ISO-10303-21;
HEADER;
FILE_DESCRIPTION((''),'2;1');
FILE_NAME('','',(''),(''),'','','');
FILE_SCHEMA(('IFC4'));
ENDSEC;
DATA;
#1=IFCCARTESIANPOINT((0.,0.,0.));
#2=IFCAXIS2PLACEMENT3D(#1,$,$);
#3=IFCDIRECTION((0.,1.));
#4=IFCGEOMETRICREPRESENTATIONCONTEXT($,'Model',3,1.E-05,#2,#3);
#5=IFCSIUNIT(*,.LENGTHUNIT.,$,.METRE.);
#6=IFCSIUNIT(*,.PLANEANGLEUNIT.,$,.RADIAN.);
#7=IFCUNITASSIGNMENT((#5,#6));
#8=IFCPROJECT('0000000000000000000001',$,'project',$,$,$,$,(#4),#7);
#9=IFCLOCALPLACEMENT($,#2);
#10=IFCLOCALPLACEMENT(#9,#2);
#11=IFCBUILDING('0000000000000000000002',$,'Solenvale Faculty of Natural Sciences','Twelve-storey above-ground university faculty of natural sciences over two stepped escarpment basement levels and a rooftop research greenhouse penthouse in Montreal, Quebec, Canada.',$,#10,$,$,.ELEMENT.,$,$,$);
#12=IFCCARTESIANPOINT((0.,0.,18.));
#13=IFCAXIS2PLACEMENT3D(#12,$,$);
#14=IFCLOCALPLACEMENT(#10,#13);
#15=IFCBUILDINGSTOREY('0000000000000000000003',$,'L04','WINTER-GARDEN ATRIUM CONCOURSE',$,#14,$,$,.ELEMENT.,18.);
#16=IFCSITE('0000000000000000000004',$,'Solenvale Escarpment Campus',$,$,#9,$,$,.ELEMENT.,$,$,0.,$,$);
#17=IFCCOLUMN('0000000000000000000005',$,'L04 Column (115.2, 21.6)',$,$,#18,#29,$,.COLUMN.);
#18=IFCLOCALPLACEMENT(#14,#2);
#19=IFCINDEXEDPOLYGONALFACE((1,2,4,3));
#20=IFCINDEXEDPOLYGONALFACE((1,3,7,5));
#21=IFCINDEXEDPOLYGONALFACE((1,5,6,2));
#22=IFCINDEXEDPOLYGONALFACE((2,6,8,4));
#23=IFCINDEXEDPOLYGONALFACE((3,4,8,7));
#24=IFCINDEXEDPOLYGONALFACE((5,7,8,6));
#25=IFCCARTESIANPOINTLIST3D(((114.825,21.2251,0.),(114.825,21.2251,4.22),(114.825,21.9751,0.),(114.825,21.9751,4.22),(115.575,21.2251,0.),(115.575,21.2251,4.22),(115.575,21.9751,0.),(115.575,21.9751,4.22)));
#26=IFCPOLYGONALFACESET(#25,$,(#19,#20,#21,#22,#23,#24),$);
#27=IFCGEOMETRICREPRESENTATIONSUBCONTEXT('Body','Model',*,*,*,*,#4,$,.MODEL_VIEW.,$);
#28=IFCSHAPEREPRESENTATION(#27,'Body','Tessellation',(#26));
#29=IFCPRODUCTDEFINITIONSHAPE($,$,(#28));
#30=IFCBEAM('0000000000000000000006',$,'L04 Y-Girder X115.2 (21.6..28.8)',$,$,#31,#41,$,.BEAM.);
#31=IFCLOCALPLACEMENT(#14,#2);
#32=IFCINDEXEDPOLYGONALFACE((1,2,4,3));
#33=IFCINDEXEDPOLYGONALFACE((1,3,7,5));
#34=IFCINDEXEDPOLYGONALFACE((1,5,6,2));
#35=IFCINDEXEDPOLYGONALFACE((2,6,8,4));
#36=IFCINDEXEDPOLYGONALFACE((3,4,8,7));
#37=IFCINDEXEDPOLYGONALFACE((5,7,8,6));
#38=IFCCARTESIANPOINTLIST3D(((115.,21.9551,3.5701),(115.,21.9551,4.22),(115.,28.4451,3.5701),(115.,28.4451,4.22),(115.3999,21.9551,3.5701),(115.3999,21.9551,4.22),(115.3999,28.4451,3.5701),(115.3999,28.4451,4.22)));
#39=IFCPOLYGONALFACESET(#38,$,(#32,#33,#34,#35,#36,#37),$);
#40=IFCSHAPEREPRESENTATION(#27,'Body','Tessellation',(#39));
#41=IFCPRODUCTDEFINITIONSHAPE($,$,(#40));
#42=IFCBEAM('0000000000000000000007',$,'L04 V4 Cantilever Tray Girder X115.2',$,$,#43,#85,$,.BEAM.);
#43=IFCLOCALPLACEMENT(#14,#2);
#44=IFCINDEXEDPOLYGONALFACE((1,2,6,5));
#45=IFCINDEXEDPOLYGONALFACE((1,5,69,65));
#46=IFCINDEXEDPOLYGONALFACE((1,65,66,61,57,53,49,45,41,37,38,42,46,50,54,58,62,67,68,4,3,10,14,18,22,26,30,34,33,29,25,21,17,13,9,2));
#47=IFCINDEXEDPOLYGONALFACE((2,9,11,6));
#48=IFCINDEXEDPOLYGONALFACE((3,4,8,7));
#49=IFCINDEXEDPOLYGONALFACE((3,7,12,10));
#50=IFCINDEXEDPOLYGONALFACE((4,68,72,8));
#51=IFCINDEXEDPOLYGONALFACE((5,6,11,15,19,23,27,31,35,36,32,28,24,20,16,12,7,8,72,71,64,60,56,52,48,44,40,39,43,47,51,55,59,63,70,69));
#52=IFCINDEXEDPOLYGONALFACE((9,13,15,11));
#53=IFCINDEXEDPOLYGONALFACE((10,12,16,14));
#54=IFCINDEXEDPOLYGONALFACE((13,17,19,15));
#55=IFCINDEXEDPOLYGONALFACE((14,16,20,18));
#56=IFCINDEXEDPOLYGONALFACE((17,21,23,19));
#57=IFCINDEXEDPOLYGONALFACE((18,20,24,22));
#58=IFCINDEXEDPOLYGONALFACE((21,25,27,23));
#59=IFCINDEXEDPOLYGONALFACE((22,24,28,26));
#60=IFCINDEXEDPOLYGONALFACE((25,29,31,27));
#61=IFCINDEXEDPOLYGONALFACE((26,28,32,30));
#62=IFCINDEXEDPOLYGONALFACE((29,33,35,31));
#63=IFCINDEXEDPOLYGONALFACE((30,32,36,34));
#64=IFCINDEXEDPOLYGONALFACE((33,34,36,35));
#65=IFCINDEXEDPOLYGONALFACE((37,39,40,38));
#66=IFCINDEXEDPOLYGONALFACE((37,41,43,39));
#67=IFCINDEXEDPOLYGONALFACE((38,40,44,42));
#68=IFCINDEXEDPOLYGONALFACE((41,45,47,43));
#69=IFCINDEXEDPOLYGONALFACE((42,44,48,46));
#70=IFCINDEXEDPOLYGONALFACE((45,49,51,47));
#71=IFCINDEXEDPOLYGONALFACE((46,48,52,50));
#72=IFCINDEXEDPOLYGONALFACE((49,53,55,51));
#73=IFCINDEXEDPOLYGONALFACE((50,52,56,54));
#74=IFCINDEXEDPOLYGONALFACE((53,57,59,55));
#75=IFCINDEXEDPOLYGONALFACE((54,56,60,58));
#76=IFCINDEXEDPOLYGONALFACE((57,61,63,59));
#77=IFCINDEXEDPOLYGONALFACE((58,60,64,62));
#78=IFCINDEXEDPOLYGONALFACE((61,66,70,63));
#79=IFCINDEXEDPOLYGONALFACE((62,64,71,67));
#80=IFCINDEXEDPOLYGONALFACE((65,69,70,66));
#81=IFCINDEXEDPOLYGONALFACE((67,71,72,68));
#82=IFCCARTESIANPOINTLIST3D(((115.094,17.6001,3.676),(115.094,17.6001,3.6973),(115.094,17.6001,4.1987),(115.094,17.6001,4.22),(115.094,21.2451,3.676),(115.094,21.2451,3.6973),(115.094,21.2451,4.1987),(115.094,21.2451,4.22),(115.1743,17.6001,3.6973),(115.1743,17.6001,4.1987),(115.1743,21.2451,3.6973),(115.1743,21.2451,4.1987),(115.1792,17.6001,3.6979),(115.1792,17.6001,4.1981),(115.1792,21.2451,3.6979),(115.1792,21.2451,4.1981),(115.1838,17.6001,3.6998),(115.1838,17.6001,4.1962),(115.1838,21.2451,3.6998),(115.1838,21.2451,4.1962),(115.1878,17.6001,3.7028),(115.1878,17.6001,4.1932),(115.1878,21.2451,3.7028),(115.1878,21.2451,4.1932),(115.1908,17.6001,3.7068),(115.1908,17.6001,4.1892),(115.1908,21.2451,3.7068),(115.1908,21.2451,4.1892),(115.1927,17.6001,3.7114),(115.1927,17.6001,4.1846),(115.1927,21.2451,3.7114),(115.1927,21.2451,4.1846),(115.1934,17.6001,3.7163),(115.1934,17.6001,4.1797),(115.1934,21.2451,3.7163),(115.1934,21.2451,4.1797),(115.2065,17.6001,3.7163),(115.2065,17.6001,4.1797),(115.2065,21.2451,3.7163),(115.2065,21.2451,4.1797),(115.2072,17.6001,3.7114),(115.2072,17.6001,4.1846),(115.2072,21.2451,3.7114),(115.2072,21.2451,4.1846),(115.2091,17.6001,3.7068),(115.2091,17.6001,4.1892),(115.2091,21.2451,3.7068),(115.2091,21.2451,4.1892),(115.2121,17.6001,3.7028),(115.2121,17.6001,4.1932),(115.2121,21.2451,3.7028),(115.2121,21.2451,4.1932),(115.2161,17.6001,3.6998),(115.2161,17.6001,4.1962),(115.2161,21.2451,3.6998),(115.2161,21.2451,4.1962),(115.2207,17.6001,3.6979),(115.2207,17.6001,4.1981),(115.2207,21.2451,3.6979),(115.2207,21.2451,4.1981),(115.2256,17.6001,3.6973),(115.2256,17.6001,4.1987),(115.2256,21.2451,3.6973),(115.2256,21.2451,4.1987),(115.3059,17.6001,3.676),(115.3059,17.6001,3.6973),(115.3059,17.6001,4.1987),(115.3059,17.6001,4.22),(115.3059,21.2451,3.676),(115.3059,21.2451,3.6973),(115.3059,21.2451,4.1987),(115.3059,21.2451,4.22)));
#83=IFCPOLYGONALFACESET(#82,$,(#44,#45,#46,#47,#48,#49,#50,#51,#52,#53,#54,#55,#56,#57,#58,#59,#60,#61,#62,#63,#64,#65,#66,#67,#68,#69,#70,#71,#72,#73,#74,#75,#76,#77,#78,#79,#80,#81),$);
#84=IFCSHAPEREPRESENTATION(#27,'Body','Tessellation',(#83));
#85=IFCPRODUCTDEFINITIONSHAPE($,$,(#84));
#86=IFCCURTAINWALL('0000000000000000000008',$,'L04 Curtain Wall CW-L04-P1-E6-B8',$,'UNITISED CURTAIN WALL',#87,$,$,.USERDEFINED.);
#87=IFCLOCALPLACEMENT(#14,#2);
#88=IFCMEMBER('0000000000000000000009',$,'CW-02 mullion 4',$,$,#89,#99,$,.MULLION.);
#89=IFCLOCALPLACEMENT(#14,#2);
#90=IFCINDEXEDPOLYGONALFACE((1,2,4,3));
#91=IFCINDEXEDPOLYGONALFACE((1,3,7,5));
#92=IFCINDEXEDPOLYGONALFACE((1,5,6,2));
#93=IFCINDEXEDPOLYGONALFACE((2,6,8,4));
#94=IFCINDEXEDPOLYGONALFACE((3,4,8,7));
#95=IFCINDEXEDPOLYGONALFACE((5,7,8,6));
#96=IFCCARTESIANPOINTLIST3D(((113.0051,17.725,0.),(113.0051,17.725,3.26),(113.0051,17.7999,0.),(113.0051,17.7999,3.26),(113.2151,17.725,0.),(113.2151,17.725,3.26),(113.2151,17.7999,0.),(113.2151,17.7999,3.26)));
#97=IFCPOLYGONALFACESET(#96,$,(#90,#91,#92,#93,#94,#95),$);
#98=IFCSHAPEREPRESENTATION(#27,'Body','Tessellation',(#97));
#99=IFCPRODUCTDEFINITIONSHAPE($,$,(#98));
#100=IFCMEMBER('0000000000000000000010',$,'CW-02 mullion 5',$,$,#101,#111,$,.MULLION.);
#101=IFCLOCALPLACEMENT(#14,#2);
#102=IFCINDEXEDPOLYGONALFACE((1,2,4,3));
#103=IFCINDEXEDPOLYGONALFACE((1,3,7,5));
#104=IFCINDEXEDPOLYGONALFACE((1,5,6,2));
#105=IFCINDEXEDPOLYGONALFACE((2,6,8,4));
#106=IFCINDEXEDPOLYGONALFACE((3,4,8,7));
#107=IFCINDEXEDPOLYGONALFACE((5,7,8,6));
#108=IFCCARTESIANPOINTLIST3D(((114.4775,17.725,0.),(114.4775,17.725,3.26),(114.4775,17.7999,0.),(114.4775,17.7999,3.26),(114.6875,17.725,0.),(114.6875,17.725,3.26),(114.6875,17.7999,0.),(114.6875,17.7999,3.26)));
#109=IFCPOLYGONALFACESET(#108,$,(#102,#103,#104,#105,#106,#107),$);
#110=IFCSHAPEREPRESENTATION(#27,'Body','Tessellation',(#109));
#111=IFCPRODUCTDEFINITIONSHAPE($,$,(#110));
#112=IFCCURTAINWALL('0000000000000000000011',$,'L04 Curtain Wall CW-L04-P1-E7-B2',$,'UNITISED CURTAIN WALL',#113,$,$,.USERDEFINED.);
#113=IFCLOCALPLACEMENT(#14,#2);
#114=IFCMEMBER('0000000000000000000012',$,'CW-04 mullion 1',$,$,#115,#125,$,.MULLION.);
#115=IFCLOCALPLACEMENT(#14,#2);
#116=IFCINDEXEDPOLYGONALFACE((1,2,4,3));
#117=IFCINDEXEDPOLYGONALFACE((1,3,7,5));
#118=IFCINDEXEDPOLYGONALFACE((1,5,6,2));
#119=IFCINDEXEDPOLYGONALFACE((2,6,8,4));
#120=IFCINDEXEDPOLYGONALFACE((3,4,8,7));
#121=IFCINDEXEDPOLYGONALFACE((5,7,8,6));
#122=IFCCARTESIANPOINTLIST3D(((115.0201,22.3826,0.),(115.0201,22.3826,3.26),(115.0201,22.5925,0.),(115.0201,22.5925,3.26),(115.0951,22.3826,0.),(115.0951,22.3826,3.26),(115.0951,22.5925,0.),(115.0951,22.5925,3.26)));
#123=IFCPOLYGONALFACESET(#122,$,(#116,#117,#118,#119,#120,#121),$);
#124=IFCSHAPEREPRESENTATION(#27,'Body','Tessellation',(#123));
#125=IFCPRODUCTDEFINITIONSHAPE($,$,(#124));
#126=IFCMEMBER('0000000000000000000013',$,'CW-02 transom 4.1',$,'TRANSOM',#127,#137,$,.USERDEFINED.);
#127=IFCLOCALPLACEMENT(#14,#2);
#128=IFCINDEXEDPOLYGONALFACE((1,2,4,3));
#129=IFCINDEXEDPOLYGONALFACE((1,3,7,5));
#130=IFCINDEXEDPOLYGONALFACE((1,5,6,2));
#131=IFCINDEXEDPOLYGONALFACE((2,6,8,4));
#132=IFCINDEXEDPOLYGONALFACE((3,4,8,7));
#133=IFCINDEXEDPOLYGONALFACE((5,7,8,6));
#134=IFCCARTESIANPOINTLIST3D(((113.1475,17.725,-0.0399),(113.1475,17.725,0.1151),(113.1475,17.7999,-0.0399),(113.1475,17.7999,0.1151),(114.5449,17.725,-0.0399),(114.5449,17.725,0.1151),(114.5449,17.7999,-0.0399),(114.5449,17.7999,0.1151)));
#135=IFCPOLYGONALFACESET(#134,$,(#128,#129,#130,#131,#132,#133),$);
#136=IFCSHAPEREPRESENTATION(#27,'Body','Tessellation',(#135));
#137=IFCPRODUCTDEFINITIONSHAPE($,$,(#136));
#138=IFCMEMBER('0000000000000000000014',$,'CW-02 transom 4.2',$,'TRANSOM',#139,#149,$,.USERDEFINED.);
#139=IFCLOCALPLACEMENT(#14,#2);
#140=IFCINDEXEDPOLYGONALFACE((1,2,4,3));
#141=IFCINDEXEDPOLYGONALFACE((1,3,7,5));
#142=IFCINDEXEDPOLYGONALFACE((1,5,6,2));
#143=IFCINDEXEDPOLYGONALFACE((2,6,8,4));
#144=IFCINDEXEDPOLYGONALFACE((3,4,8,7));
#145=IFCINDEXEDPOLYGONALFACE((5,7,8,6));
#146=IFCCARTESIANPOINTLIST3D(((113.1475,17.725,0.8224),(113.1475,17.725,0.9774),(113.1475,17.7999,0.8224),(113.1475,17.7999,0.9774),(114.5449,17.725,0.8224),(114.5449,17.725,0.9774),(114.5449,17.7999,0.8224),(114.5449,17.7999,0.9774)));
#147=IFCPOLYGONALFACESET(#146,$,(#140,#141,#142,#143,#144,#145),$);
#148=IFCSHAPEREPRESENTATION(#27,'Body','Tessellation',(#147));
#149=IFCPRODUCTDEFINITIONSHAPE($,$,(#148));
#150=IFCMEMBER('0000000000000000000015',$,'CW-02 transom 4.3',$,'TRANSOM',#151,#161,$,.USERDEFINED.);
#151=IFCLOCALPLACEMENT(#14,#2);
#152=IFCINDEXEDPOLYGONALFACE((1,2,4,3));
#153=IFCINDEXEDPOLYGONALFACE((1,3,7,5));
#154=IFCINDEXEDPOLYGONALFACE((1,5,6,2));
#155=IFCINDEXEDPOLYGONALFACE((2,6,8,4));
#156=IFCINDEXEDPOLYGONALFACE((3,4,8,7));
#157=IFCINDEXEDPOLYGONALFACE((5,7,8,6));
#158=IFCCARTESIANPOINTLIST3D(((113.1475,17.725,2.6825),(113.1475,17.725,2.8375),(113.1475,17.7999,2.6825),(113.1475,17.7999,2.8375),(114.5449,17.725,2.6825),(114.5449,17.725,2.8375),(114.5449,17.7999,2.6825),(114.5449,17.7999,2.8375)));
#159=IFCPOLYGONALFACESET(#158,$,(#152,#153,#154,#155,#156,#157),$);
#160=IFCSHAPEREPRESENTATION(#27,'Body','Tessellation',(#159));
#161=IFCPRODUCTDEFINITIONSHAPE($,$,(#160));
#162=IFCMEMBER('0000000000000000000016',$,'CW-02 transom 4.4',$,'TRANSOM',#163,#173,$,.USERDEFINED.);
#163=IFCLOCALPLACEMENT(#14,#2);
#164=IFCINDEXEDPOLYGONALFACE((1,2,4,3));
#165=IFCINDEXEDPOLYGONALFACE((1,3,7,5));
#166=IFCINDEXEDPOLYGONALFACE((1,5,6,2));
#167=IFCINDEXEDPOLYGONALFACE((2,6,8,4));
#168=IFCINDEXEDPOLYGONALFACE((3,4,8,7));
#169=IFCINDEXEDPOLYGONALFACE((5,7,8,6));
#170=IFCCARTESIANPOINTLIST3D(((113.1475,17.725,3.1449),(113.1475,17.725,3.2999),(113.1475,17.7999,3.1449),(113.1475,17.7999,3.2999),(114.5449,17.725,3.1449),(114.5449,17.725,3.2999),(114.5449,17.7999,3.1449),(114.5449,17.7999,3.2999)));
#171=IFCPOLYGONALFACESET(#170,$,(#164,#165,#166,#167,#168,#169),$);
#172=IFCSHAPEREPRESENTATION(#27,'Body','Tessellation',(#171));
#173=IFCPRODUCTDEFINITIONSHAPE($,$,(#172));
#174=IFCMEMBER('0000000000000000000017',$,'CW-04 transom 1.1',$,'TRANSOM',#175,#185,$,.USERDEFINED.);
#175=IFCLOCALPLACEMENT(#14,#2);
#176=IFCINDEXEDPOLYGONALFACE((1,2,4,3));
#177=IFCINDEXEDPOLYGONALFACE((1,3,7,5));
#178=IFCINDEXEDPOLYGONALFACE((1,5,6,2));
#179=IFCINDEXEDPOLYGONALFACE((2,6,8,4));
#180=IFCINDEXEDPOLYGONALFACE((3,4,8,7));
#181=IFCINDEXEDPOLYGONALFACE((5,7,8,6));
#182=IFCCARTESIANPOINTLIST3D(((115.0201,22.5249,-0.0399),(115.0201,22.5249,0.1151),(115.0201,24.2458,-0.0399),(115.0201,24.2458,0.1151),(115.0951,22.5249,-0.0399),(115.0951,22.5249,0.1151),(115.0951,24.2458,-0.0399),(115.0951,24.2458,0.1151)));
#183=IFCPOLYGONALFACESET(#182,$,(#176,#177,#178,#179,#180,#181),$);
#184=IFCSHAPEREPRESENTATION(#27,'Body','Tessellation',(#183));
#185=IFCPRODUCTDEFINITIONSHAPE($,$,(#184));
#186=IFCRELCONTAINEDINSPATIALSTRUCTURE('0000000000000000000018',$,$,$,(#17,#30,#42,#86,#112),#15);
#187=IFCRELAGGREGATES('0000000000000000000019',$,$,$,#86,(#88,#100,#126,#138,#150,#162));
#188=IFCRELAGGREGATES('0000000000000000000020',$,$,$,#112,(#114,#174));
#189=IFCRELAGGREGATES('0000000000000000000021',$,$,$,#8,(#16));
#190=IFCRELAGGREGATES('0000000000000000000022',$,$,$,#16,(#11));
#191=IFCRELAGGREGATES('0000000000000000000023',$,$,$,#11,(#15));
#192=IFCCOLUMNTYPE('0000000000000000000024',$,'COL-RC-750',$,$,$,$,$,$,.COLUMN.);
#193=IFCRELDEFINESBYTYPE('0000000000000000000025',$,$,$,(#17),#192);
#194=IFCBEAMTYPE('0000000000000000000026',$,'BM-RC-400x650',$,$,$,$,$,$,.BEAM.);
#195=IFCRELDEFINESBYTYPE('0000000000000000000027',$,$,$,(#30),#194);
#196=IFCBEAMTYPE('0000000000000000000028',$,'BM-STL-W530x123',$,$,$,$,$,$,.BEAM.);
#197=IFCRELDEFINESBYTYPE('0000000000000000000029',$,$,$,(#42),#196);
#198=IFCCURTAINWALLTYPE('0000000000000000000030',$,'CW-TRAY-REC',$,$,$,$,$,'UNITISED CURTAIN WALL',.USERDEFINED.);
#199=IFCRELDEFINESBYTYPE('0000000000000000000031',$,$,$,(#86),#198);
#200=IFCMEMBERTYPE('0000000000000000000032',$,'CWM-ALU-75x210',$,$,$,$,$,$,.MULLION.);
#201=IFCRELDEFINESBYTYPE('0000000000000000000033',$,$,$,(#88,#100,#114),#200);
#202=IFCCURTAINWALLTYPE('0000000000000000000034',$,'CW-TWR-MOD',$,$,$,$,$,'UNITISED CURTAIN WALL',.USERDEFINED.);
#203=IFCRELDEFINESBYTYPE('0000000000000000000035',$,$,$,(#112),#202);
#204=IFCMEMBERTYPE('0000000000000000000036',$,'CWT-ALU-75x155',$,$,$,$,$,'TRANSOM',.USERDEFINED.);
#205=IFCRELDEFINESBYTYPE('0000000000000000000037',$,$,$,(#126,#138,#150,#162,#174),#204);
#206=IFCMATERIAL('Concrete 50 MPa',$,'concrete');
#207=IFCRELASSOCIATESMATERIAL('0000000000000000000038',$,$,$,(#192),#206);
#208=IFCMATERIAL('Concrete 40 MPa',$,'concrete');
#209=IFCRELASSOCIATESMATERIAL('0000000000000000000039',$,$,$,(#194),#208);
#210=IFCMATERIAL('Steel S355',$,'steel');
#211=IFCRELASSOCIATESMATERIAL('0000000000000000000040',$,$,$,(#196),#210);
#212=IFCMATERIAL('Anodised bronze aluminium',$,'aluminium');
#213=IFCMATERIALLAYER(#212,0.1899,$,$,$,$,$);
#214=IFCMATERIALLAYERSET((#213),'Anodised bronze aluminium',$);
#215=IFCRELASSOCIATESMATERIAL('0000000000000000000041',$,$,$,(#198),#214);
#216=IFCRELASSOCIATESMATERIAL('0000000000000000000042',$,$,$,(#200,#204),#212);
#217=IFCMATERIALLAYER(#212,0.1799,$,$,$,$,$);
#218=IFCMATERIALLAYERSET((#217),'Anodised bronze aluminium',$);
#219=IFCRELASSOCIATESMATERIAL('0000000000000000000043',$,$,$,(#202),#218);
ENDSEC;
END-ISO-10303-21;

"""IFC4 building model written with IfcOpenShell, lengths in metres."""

from ifc_helpers import new_model, si_unit, direction, frame, origin, origin_2d, place, context, subcontext, project, spatial, rectangle, i_section, extrude, material, layer, layer_set, material_profile, profile_set, type_object, element, aggregate, save


model = new_model("IFC4")

# Units and contexts
model_context = context("Model", 3, precision=1e-05, world=origin(), true_north=direction((0.0, 1.0)))
body_context = subcontext(model_context, "Body", "Model", "MODEL_VIEW")
ifc_project = project(units=[si_unit("LENGTHUNIT", "METRE"), si_unit("PLANEANGLEUNIT", "RADIAN")], contexts=[model_context])

# Site, building, storey
site_placement = place(None, origin())
site = spatial("IfcSite", under=ifc_project, at=site_placement, Name="Solenvale Escarpment Campus", CompositionType="ELEMENT", RefElevation=0.0)
building_placement = place(site_placement, origin())
building = spatial("IfcBuilding", under=site, at=building_placement, Name="Solenvale Faculty of Natural Sciences", Description="Twelve-storey above-ground university faculty of natural sciences over two stepped escarpment basement levels and a rooftop research greenhouse penthouse in Montreal, Quebec, Canada.", CompositionType="ELEMENT")
storey_placement = place(building_placement, frame((0.0, 0.0, 18.0)))
storey = spatial("IfcBuildingStorey", under=building, at=storey_placement, Name="L04", Description="WINTER-GARDEN ATRIUM CONCOURSE", CompositionType="ELEMENT", Elevation=18.0)

# Column
ifc_material_1 = material(Name="Concrete 50 MPa", Category="concrete")
ifc_material_profile_1 = material_profile(ifc_material_1, rectangle(XDim=0.75, YDim=0.75, at=origin_2d()), Name="RC-COL-750x750")
ifc_profile_set_1 = profile_set([ifc_material_profile_1], Name="Concrete 50 MPa")
column_type = type_object("IfcColumnType", Name="COL-RC-750", PredefinedType="COLUMN", material=ifc_profile_set_1)
column_placement = place(storey_placement, frame((115.2, 21.6001, 0.0), z_axis=(0.0, 0.0, 1.0), x_axis=(1.0, 0.0, 0.0)))
element("IfcColumn", 1, at=column_placement, inside=storey, type_object=column_type, Name="L04 Column (115.2, 21.6)", PredefinedType="COLUMN", context=body_context, shape_type="SweptSolid", body=[
    extrude(rectangle(XDim=0.75, YDim=0.75, at=origin_2d()), origin(), (0.0, 0.0, 1.0), 4.22),
])

# Beams
ifc_material_2 = material(Name="Concrete 40 MPa", Category="concrete")
ifc_material_profile_2 = material_profile(ifc_material_2, rectangle(XDim=0.3999, YDim=0.6499, at=origin_2d()), Name="RC-BM-400x650")
ifc_profile_set_2 = profile_set([ifc_material_profile_2], Name="Concrete 40 MPa")
beam_type_1 = type_object("IfcBeamType", Name="BM-RC-400x650", PredefinedType="BEAM", material=ifc_profile_set_2)
beam_1_placement = place(storey_placement, frame((115.2, 21.9551, 3.895), z_axis=(0.0, 1.0, 0.0), x_axis=(-1.0, 0.0, 0.0)))
element("IfcBeam", 2, at=beam_1_placement, inside=storey, type_object=beam_type_1, Name="L04 Y-Girder X115.2 (21.6..28.8)", PredefinedType="BEAM", context=body_context, shape_type="SweptSolid", body=[
    extrude(rectangle(XDim=0.3999, YDim=0.6499, at=origin_2d()), origin(), (0.0, 0.0, 1.0), 6.49),
])
ifc_material_3 = material(Name="Steel S355", Category="steel")
ifc_material_profile_3 = material_profile(ifc_material_3, i_section(OverallWidth=0.2119, OverallDepth=0.5439, WebThickness=0.0132, FlangeThickness=0.0212, FilletRadius=0.019, at=origin_2d()), Name="W530x123")
ifc_profile_set_3 = profile_set([ifc_material_profile_3], Name="Steel S355")
beam_type_2 = type_object("IfcBeamType", Name="BM-STL-W530x123", PredefinedType="BEAM", material=ifc_profile_set_3)
beam_2_placement = place(storey_placement, frame((115.2, 21.2451, 3.948), z_axis=(0.0, -1.0, 0.0), x_axis=(1.0, 0.0, 0.0)))
element("IfcBeam", 3, at=beam_2_placement, inside=storey, type_object=beam_type_2, Name="L04 V4 Cantilever Tray Girder X115.2", PredefinedType="BEAM", context=body_context, shape_type="SweptSolid", body=[
    extrude(i_section(OverallWidth=0.2119, OverallDepth=0.5439, WebThickness=0.0132, FlangeThickness=0.0212, FilletRadius=0.019, at=origin_2d()), origin(), (0.0, 0.0, 1.0), 3.645),
])

# Curtain wall, members
ifc_material_4 = material(Name="Anodised bronze aluminium", Category="aluminium")
ifc_layer_1 = layer(ifc_material_4, 0.1899)
ifc_layer_set_1 = layer_set([ifc_layer_1], Name="Anodised bronze aluminium")
curtain_wall_type_1 = type_object("IfcCurtainWallType", Name="CW-TRAY-REC", ElementType="UNITISED CURTAIN WALL", PredefinedType="USERDEFINED", material=ifc_layer_set_1)
curtain_wall_1_placement = place(storey_placement, origin())
curtain_wall_1 = element("IfcCurtainWall", 4, at=curtain_wall_1_placement, inside=storey, type_object=curtain_wall_type_1, Name="L04 Curtain Wall CW-L04-P1-E6-B8", ObjectType="UNITISED CURTAIN WALL", PredefinedType="USERDEFINED")
ifc_material_profile_4 = material_profile(ifc_material_4, rectangle(XDim=0.075, YDim=0.21, at=origin_2d()), Name="ALU-MUL-75x210")
ifc_profile_set_4 = profile_set([ifc_material_profile_4], Name="Anodised bronze aluminium")
member_type_1 = type_object("IfcMemberType", Name="CWM-ALU-75x210", PredefinedType="MULLION", material=ifc_profile_set_4)
member_1_placement = place(storey_placement, frame((113.1101, 17.7625, 0.0), z_axis=(0.0, 0.0, 1.0), x_axis=(0.0, 1.0, 0.0)))
member_1 = element("IfcMember", 5, at=member_1_placement, type_object=member_type_1, Name="CW-02 mullion 4", PredefinedType="MULLION", context=body_context, shape_type="SweptSolid", body=[
    extrude(rectangle(XDim=0.075, YDim=0.21, at=origin_2d()), origin(), (0.0, 0.0, 1.0), 3.26),
])
member_2_placement = place(storey_placement, frame((114.5825, 17.7625, 0.0), z_axis=(0.0, 0.0, 1.0), x_axis=(0.0, 1.0, 0.0)))
member_2 = element("IfcMember", 6, at=member_2_placement, type_object=member_type_1, Name="CW-02 mullion 5", PredefinedType="MULLION", context=body_context, shape_type="SweptSolid", body=[
    extrude(rectangle(XDim=0.075, YDim=0.21, at=origin_2d()), origin(), (0.0, 0.0, 1.0), 3.26),
])

# Curtain wall, member
ifc_layer_2 = layer(ifc_material_4, 0.1799)
ifc_layer_set_2 = layer_set([ifc_layer_2], Name="Anodised bronze aluminium")
curtain_wall_type_2 = type_object("IfcCurtainWallType", Name="CW-TWR-MOD", ElementType="UNITISED CURTAIN WALL", PredefinedType="USERDEFINED", material=ifc_layer_set_2)
curtain_wall_2_placement = place(storey_placement, origin())
curtain_wall_2 = element("IfcCurtainWall", 7, at=curtain_wall_2_placement, inside=storey, type_object=curtain_wall_type_2, Name="L04 Curtain Wall CW-L04-P1-E7-B2", ObjectType="UNITISED CURTAIN WALL", PredefinedType="USERDEFINED")
member_3_placement = place(storey_placement, frame((115.0576, 22.4875, 0.0), z_axis=(0.0, 0.0, 1.0), x_axis=(-1.0, 0.0, 0.0)))
member_3 = element("IfcMember", 8, at=member_3_placement, type_object=member_type_1, Name="CW-04 mullion 1", PredefinedType="MULLION", context=body_context, shape_type="SweptSolid", body=[
    extrude(rectangle(XDim=0.075, YDim=0.21, at=origin_2d()), origin(), (0.0, 0.0, 1.0), 3.26),
])

# Members
ifc_material_profile_5 = material_profile(ifc_material_4, rectangle(XDim=0.075, YDim=0.155, at=origin_2d()), Name="ALU-TRN-75x155")
ifc_profile_set_5 = profile_set([ifc_material_profile_5], Name="Anodised bronze aluminium")
member_type_2 = type_object("IfcMemberType", Name="CWT-ALU-75x155", ElementType="TRANSOM", PredefinedType="USERDEFINED", material=ifc_profile_set_5)
member_4_placement = place(storey_placement, frame((113.1475, 17.7625, 0.0376), z_axis=(1.0, 0.0, 0.0), x_axis=(0.0, 1.0, 0.0)))
member_4 = element("IfcMember", 9, at=member_4_placement, type_object=member_type_2, Name="CW-02 transom 4.1", ObjectType="TRANSOM", PredefinedType="USERDEFINED", context=body_context, shape_type="SweptSolid", body=[
    extrude(rectangle(XDim=0.075, YDim=0.155, at=origin_2d()), origin(), (0.0, 0.0, 1.0), 1.3975),
])
member_5_placement = place(storey_placement, frame((113.1475, 17.7625, 0.8999), z_axis=(1.0, 0.0, 0.0), x_axis=(0.0, 1.0, 0.0)))
member_5 = element("IfcMember", 10, at=member_5_placement, type_object=member_type_2, Name="CW-02 transom 4.2", ObjectType="TRANSOM", PredefinedType="USERDEFINED", context=body_context, shape_type="SweptSolid", body=[
    extrude(rectangle(XDim=0.075, YDim=0.155, at=origin_2d()), origin(), (0.0, 0.0, 1.0), 1.3975),
])
member_6_placement = place(storey_placement, frame((113.1475, 17.7625, 2.76), z_axis=(1.0, 0.0, 0.0), x_axis=(0.0, 1.0, 0.0)))
member_6 = element("IfcMember", 11, at=member_6_placement, type_object=member_type_2, Name="CW-02 transom 4.3", ObjectType="TRANSOM", PredefinedType="USERDEFINED", context=body_context, shape_type="SweptSolid", body=[
    extrude(rectangle(XDim=0.075, YDim=0.155, at=origin_2d()), origin(), (0.0, 0.0, 1.0), 1.3975),
])
member_7_placement = place(storey_placement, frame((113.1475, 17.7625, 3.2224), z_axis=(1.0, 0.0, 0.0), x_axis=(0.0, 1.0, 0.0)))
member_7 = element("IfcMember", 12, at=member_7_placement, type_object=member_type_2, Name="CW-02 transom 4.4", ObjectType="TRANSOM", PredefinedType="USERDEFINED", context=body_context, shape_type="SweptSolid", body=[
    extrude(rectangle(XDim=0.075, YDim=0.155, at=origin_2d()), origin(), (0.0, 0.0, 1.0), 1.3975),
])
member_8_placement = place(storey_placement, frame((115.0576, 22.5249, 0.0376), z_axis=(0.0, 1.0, 0.0), x_axis=(-1.0, 0.0, 0.0)))
member_8 = element("IfcMember", 13, at=member_8_placement, type_object=member_type_2, Name="CW-04 transom 1.1", ObjectType="TRANSOM", PredefinedType="USERDEFINED", context=body_context, shape_type="SweptSolid", body=[
    extrude(rectangle(XDim=0.075, YDim=0.155, at=origin_2d()), origin(), (0.0, 0.0, 1.0), 1.7209),
])

aggregate(curtain_wall_1, [member_1, member_2, member_4, member_5, member_6, member_7])
aggregate(curtain_wall_2, [member_3, member_8])

save(model, "model.ifc")
